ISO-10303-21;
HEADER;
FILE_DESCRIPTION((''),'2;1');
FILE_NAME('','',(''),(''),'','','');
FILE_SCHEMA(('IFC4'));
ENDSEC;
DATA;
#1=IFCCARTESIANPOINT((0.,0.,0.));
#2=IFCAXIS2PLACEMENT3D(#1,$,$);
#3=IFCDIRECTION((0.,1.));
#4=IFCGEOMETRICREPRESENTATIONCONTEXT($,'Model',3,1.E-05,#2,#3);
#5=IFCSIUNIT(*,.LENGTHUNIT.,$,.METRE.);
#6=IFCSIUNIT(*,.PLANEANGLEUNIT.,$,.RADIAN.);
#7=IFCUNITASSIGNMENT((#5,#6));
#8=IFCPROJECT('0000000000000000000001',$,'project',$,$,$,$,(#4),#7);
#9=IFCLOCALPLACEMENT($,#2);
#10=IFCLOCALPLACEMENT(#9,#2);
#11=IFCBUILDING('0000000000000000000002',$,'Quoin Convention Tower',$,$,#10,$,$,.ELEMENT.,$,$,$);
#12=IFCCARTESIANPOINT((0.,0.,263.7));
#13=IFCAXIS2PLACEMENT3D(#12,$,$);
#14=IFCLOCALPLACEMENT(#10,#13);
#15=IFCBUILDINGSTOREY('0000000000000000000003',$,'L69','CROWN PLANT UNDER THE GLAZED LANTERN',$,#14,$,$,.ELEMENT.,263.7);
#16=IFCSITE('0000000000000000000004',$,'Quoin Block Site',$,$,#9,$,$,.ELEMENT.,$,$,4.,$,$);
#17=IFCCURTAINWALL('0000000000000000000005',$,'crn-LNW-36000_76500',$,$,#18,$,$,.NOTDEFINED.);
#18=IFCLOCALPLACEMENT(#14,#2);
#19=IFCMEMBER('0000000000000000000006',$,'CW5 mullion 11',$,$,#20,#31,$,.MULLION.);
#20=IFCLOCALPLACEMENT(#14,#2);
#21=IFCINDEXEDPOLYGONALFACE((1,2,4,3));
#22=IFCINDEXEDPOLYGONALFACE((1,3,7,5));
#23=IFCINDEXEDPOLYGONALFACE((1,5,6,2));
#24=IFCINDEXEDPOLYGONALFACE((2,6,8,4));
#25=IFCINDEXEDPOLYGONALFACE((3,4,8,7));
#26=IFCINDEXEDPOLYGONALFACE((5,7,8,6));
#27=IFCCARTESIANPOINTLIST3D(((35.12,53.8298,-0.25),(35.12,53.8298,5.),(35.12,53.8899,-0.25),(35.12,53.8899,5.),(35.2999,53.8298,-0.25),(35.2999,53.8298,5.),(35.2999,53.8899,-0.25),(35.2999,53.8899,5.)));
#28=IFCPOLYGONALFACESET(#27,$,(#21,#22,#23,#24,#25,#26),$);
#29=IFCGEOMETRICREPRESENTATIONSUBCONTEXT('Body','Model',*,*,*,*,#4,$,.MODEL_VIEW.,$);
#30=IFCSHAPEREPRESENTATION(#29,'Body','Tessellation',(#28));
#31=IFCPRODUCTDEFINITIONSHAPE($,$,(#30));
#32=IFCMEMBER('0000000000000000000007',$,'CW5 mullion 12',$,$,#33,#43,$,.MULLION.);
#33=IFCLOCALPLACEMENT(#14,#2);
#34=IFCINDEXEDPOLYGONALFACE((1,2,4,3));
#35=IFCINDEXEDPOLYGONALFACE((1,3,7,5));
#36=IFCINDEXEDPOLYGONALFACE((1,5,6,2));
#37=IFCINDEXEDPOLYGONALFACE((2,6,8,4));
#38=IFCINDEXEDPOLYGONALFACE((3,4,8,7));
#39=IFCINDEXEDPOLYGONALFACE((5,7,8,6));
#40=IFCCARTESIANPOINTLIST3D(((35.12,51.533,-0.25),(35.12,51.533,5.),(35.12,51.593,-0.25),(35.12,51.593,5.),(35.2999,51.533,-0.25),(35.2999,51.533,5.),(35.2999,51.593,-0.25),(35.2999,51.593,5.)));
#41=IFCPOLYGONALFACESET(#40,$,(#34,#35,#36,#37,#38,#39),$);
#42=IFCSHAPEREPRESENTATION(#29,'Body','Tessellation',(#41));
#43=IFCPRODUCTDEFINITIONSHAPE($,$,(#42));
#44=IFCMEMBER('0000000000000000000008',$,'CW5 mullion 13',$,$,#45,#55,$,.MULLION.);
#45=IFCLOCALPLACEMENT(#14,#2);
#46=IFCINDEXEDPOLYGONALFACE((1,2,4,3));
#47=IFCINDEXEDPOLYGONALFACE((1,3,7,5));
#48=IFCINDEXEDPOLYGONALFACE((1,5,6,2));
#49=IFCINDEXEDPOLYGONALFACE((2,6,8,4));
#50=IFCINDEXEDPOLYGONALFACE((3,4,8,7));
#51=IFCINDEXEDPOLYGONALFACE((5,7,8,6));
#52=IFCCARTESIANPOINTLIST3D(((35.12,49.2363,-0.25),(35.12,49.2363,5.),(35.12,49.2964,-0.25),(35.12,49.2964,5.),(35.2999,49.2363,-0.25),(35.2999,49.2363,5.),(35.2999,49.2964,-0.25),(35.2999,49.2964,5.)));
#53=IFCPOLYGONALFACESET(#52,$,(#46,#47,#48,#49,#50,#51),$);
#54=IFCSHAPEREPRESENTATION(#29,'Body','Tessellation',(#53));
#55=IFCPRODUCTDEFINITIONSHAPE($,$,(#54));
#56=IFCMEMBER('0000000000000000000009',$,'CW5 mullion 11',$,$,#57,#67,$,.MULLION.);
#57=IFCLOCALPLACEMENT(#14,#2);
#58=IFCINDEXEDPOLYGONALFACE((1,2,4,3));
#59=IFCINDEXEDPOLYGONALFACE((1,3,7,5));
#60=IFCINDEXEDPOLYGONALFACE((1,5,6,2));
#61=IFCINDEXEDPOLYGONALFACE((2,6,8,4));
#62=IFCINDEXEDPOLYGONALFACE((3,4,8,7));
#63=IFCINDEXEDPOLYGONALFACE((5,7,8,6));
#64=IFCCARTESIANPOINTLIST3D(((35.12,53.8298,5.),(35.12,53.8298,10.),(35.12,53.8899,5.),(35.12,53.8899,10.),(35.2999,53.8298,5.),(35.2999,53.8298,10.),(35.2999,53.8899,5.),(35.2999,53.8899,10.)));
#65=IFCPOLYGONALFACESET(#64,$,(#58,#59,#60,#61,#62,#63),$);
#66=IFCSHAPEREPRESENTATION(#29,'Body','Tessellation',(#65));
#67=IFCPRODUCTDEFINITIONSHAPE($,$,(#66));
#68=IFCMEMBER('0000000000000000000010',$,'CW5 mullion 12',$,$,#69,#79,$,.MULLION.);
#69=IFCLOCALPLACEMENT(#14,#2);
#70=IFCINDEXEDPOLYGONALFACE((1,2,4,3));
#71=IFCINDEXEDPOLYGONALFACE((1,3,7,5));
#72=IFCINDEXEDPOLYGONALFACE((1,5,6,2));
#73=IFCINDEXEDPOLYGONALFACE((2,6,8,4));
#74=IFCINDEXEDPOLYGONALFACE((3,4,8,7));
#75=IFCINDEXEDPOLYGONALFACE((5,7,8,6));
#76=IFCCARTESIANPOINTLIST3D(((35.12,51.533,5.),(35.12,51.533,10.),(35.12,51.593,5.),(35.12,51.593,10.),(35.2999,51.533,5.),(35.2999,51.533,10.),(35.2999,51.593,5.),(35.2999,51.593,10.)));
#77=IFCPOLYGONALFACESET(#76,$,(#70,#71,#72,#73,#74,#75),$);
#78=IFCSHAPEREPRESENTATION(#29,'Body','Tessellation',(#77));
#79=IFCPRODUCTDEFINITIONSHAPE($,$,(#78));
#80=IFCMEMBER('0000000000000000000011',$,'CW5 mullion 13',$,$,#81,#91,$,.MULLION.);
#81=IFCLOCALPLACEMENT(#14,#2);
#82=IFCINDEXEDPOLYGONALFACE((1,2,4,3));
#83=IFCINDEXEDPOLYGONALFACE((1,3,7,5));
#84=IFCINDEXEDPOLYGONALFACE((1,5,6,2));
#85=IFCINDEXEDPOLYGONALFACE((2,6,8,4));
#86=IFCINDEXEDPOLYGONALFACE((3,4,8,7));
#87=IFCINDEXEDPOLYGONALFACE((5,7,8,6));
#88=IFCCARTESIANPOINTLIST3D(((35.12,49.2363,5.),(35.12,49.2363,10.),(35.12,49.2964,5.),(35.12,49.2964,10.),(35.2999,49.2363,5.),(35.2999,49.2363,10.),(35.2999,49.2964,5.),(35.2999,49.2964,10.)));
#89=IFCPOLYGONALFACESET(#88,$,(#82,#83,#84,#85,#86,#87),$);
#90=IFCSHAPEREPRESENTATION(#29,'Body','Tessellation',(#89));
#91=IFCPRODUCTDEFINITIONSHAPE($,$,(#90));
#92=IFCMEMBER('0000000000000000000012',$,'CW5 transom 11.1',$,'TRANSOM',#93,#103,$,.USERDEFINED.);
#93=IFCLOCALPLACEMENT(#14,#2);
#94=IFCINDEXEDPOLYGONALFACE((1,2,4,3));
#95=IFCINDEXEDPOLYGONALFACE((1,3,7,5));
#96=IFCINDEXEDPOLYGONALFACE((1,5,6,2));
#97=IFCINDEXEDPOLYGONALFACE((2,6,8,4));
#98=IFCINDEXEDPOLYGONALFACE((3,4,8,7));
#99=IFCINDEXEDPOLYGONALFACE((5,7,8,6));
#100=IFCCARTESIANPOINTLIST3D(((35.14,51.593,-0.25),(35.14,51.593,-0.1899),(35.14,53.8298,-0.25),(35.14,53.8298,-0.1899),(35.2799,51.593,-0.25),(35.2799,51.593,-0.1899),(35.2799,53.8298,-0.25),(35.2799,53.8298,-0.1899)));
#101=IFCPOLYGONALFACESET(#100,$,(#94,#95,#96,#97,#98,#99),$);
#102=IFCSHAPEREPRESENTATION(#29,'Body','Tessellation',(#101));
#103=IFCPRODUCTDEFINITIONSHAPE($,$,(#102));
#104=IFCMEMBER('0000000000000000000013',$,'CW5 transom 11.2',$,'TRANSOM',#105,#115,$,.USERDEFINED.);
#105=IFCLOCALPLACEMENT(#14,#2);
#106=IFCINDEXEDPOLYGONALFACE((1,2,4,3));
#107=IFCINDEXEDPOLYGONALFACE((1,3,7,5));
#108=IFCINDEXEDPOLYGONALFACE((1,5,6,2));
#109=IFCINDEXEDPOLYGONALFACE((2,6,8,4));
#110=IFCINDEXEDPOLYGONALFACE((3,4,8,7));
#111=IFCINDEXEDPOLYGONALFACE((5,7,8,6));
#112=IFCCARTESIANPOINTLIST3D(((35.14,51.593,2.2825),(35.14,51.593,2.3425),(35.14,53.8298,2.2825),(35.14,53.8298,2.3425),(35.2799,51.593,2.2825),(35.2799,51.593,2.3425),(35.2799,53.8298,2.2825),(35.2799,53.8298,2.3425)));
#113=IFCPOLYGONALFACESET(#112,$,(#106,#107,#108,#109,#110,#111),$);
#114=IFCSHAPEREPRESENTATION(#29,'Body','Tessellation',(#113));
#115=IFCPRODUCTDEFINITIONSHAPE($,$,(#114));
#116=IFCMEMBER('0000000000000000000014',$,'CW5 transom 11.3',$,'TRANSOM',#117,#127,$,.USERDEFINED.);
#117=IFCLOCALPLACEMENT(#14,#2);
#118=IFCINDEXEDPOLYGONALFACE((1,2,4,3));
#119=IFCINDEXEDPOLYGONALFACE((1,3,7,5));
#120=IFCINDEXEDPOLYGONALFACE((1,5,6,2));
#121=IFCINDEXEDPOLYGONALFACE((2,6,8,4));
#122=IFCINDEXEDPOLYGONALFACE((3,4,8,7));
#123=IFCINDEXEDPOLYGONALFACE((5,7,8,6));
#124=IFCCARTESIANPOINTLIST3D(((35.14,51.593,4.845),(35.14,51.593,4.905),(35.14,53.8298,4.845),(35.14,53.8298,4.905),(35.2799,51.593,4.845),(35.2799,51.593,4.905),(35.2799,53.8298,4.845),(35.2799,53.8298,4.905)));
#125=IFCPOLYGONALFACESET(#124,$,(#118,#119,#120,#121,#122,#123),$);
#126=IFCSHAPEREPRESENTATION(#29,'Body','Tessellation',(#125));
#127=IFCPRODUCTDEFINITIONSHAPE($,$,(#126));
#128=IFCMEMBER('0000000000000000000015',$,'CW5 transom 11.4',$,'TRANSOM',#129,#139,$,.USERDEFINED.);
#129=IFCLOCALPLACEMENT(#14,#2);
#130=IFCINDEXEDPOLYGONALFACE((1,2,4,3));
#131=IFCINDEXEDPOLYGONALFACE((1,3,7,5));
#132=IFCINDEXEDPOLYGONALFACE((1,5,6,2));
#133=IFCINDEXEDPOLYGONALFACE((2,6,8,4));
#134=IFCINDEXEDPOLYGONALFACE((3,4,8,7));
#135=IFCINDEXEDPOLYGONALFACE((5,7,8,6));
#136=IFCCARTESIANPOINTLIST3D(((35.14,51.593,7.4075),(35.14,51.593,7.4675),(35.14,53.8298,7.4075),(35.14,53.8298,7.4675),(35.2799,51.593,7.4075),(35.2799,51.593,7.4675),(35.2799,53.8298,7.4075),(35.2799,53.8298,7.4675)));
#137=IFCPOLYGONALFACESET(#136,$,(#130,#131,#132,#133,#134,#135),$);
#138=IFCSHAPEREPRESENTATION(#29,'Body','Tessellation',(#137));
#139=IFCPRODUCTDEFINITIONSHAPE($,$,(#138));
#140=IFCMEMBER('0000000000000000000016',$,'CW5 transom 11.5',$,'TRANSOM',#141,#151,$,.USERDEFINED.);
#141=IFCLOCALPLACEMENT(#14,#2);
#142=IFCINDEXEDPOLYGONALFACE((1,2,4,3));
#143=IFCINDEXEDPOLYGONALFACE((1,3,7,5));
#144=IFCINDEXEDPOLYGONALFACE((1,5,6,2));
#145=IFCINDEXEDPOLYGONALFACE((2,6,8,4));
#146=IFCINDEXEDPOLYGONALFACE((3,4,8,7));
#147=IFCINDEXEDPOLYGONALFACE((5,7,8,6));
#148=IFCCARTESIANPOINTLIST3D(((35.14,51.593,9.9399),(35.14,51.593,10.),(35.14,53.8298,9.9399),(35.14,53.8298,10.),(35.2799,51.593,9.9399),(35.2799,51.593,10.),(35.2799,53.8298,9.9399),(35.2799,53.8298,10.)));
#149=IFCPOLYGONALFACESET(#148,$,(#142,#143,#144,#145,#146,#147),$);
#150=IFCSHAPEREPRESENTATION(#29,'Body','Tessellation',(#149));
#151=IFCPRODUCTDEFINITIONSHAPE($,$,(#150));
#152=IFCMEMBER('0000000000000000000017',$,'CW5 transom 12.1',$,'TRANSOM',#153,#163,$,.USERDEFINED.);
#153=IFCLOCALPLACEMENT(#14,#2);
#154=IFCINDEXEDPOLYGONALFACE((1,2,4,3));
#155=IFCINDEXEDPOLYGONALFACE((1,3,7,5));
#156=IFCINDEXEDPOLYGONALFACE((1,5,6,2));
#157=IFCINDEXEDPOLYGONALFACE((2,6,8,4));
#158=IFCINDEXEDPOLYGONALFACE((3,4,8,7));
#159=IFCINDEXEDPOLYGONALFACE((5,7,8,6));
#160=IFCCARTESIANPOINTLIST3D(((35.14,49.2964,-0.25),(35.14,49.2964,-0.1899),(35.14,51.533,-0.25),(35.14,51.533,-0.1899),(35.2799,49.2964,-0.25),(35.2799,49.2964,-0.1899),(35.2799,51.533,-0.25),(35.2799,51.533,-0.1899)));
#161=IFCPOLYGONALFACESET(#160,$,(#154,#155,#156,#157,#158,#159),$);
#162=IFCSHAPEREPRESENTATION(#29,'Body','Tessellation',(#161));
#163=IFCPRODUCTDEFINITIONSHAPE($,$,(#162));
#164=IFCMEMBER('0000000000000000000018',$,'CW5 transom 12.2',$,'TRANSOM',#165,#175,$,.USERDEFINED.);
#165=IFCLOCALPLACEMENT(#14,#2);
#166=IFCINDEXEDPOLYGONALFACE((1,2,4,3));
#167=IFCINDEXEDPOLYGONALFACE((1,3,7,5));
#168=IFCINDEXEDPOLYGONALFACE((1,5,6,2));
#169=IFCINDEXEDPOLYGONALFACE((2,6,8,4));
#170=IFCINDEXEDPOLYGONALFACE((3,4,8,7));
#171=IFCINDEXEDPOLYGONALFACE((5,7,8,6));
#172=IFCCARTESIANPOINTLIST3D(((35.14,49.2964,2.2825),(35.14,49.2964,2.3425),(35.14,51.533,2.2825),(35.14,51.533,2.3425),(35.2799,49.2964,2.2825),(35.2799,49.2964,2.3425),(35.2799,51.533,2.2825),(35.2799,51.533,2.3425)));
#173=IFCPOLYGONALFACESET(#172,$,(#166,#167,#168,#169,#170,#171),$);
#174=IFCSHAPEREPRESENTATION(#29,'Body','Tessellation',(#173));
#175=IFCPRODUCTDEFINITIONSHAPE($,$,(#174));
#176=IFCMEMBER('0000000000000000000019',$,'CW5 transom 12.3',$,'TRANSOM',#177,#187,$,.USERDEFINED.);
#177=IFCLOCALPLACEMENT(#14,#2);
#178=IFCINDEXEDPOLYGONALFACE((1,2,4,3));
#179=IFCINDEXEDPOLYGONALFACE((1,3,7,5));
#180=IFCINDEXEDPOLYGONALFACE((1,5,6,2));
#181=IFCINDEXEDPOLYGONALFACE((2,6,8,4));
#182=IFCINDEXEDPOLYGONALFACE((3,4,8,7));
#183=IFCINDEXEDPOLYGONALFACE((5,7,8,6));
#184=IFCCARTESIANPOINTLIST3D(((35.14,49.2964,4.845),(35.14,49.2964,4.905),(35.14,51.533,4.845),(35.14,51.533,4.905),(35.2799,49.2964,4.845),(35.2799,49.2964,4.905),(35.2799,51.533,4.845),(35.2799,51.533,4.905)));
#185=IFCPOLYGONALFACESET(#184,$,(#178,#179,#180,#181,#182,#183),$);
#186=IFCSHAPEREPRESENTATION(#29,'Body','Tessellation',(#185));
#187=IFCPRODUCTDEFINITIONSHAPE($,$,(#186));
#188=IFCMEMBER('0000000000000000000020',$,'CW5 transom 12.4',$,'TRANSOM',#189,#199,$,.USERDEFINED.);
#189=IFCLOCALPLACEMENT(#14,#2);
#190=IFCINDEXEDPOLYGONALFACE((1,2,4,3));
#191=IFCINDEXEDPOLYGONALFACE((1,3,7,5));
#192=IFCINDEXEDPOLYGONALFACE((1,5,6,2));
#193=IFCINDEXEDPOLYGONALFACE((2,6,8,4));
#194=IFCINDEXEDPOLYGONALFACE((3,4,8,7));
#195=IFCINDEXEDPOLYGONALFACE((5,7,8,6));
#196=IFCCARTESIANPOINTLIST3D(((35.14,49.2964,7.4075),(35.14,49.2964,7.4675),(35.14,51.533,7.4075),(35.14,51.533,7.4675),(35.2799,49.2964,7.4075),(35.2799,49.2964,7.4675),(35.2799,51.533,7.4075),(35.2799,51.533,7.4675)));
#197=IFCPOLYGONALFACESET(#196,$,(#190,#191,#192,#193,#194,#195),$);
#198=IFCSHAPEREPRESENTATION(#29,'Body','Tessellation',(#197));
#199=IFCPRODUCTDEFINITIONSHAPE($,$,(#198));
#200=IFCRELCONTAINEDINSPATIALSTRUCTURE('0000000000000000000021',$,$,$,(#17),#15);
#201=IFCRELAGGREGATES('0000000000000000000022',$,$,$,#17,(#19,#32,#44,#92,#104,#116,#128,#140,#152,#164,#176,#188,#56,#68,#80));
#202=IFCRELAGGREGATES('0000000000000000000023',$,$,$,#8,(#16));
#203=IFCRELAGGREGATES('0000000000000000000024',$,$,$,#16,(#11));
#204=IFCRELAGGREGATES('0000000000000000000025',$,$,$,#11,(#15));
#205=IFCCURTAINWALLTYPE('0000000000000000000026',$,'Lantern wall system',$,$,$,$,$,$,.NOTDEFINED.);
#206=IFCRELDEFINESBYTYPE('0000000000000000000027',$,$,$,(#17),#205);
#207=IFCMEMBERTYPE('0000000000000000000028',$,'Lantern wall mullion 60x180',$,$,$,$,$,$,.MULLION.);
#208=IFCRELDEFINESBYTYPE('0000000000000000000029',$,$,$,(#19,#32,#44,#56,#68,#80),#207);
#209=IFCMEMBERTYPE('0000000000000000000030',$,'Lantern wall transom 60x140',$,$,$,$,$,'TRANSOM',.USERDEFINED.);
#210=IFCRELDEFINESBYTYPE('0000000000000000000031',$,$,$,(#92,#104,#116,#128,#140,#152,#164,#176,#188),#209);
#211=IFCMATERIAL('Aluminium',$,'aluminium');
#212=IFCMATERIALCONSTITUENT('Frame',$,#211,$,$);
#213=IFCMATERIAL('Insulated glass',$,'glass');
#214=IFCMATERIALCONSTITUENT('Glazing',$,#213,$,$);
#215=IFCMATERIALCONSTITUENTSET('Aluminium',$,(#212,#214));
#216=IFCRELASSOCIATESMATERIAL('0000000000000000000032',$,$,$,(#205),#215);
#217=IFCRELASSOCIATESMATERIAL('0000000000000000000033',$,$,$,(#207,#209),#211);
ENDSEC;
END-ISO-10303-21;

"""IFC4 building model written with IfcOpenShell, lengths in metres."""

from ifc_helpers import new_model, si_unit, direction, frame, origin, origin_2d, place, context, subcontext, project, spatial, rectangle, extrude, material, constituent, constituent_set, material_profile, profile_set, type_object, element, aggregate, save


model = new_model("IFC4")

# Units and contexts
model_context = context("Model", 3, precision=1e-05, world=origin(), true_north=direction((0.0, 1.0)))
body_context = subcontext(model_context, "Body", "Model", "MODEL_VIEW")
ifc_project = project(units=[si_unit("LENGTHUNIT", "METRE"), si_unit("PLANEANGLEUNIT", "RADIAN")], contexts=[model_context])

# Site, building, storey
site_placement = place(None, origin())
site = spatial("IfcSite", under=ifc_project, at=site_placement, Name="Quoin Block Site", CompositionType="ELEMENT", RefElevation=4.0)
building_placement = place(site_placement, origin())
building = spatial("IfcBuilding", under=site, at=building_placement, Name="Quoin Convention Tower", CompositionType="ELEMENT")
storey_placement = place(building_placement, frame((0.0, 0.0, 263.7)))
storey = spatial("IfcBuildingStorey", under=building, at=storey_placement, Name="L69", Description="CROWN PLANT UNDER THE GLAZED LANTERN", CompositionType="ELEMENT", Elevation=263.7)

# Curtain wall, members
ifc_material_1 = material(Name="Aluminium", Category="aluminium")
ifc_constituent_1 = constituent(ifc_material_1, Name="Frame")
ifc_material_2 = material(Name="Insulated glass", Category="glass")
ifc_constituent_2 = constituent(ifc_material_2, Name="Glazing")
ifc_constituent_set = constituent_set(constituents=[ifc_constituent_1, ifc_constituent_2], Name="Aluminium")
curtain_wall_type = type_object("IfcCurtainWallType", Name="Lantern wall system", PredefinedType="NOTDEFINED", material=ifc_constituent_set)
curtain_wall_placement = place(storey_placement, origin())
curtain_wall = element("IfcCurtainWall", 1, at=curtain_wall_placement, inside=storey, type_object=curtain_wall_type, Name="crn-LNW-36000_76500", PredefinedType="NOTDEFINED")
ifc_material_profile_1 = material_profile(ifc_material_1, rectangle(XDim=0.1799, YDim=0.0601, at=origin_2d()), Name="Lantern wall mullion 60x180")
ifc_profile_set_1 = profile_set([ifc_material_profile_1], Name="Aluminium")
member_type_1 = type_object("IfcMemberType", Name="Lantern wall mullion 60x180", PredefinedType="MULLION", material=ifc_profile_set_1)
member_1_placement = place(storey_placement, frame((35.21, 53.8599, -0.25), z_axis=(0.0, 0.0, 1.0), x_axis=(1.0, 0.0, 0.0)))
member_1 = element("IfcMember", 2, at=member_1_placement, type_object=member_type_1, Name="CW5 mullion 11", PredefinedType="MULLION", context=body_context, shape_type="SweptSolid", body=[
    extrude(rectangle(XDim=0.1799, YDim=0.0601, at=origin_2d()), origin(), (0.0, 0.0, 1.0), 5.25),
])
member_2_placement = place(storey_placement, frame((35.21, 51.563, -0.25), z_axis=(0.0, 0.0, 1.0), x_axis=(1.0, 0.0, 0.0)))
member_2 = element("IfcMember", 3, at=member_2_placement, type_object=member_type_1, Name="CW5 mullion 12", PredefinedType="MULLION", context=body_context, shape_type="SweptSolid", body=[
    extrude(rectangle(XDim=0.1799, YDim=0.0601, at=origin_2d()), origin(), (0.0, 0.0, 1.0), 5.25),
])
member_3_placement = place(storey_placement, frame((35.21, 49.2664, -0.25), z_axis=(0.0, 0.0, 1.0), x_axis=(1.0, 0.0, 0.0)))
member_3 = element("IfcMember", 4, at=member_3_placement, type_object=member_type_1, Name="CW5 mullion 13", PredefinedType="MULLION", context=body_context, shape_type="SweptSolid", body=[
    extrude(rectangle(XDim=0.1799, YDim=0.0601, at=origin_2d()), origin(), (0.0, 0.0, 1.0), 5.25),
])
member_4_placement = place(storey_placement, frame((35.21, 53.8599, 5.0), z_axis=(0.0, 0.0, 1.0), x_axis=(1.0, 0.0, 0.0)))
member_4 = element("IfcMember", 5, at=member_4_placement, type_object=member_type_1, Name="CW5 mullion 11", PredefinedType="MULLION", context=body_context, shape_type="SweptSolid", body=[
    extrude(rectangle(XDim=0.1799, YDim=0.0601, at=origin_2d()), origin(), (0.0, 0.0, 1.0), 5.0),
])
member_5_placement = place(storey_placement, frame((35.21, 51.563, 5.0), z_axis=(0.0, 0.0, 1.0), x_axis=(1.0, 0.0, 0.0)))
member_5 = element("IfcMember", 6, at=member_5_placement, type_object=member_type_1, Name="CW5 mullion 12", PredefinedType="MULLION", context=body_context, shape_type="SweptSolid", body=[
    extrude(rectangle(XDim=0.1799, YDim=0.0601, at=origin_2d()), origin(), (0.0, 0.0, 1.0), 5.0),
])
member_6_placement = place(storey_placement, frame((35.21, 49.2664, 5.0), z_axis=(0.0, 0.0, 1.0), x_axis=(1.0, 0.0, 0.0)))
member_6 = element("IfcMember", 7, at=member_6_placement, type_object=member_type_1, Name="CW5 mullion 13", PredefinedType="MULLION", context=body_context, shape_type="SweptSolid", body=[
    extrude(rectangle(XDim=0.1799, YDim=0.0601, at=origin_2d()), origin(), (0.0, 0.0, 1.0), 5.0),
])
ifc_material_profile_2 = material_profile(ifc_material_1, rectangle(XDim=0.1399, YDim=0.0601, at=origin_2d()), Name="Lantern wall transom 60x140")
ifc_profile_set_2 = profile_set([ifc_material_profile_2], Name="Aluminium")
member_type_2 = type_object("IfcMemberType", Name="Lantern wall transom 60x140", ElementType="TRANSOM", PredefinedType="USERDEFINED", material=ifc_profile_set_2)
member_7_placement = place(storey_placement, frame((35.21, 53.8298, -0.22), z_axis=(0.0, -1.0, 0.0), x_axis=(1.0, 0.0, 0.0)))
member_7 = element("IfcMember", 8, at=member_7_placement, type_object=member_type_2, Name="CW5 transom 11.1", ObjectType="TRANSOM", PredefinedType="USERDEFINED", context=body_context, shape_type="SweptSolid", body=[
    extrude(rectangle(XDim=0.1399, YDim=0.0601, at=origin_2d()), origin(), (0.0, 0.0, 1.0), 2.2368),
])
member_8_placement = place(storey_placement, frame((35.21, 53.8298, 2.3125), z_axis=(0.0, -1.0, 0.0), x_axis=(1.0, 0.0, 0.0)))
member_8 = element("IfcMember", 9, at=member_8_placement, type_object=member_type_2, Name="CW5 transom 11.2", ObjectType="TRANSOM", PredefinedType="USERDEFINED", context=body_context, shape_type="SweptSolid", body=[
    extrude(rectangle(XDim=0.1399, YDim=0.0601, at=origin_2d()), origin(), (0.0, 0.0, 1.0), 2.2368),
])
member_9_placement = place(storey_placement, frame((35.21, 53.8298, 4.875), z_axis=(0.0, -1.0, 0.0), x_axis=(1.0, 0.0, 0.0)))
member_9 = element("IfcMember", 10, at=member_9_placement, type_object=member_type_2, Name="CW5 transom 11.3", ObjectType="TRANSOM", PredefinedType="USERDEFINED", context=body_context, shape_type="SweptSolid", body=[
    extrude(rectangle(XDim=0.1399, YDim=0.0601, at=origin_2d()), origin(), (0.0, 0.0, 1.0), 2.2368),
])
member_10_placement = place(storey_placement, frame((35.21, 53.8298, 7.4375), z_axis=(0.0, -1.0, 0.0), x_axis=(1.0, 0.0, 0.0)))
member_10 = element("IfcMember", 11, at=member_10_placement, type_object=member_type_2, Name="CW5 transom 11.4", ObjectType="TRANSOM", PredefinedType="USERDEFINED", context=body_context, shape_type="SweptSolid", body=[
    extrude(rectangle(XDim=0.1399, YDim=0.0601, at=origin_2d()), origin(), (0.0, 0.0, 1.0), 2.2368),
])
member_11_placement = place(storey_placement, frame((35.21, 53.8298, 9.97), z_axis=(0.0, -1.0, 0.0), x_axis=(1.0, 0.0, 0.0)))
member_11 = element("IfcMember", 12, at=member_11_placement, type_object=member_type_2, Name="CW5 transom 11.5", ObjectType="TRANSOM", PredefinedType="USERDEFINED", context=body_context, shape_type="SweptSolid", body=[
    extrude(rectangle(XDim=0.1399, YDim=0.0601, at=origin_2d()), origin(), (0.0, 0.0, 1.0), 2.2368),
])
member_12_placement = place(storey_placement, frame((35.21, 51.533, -0.22), z_axis=(0.0, -1.0, 0.0), x_axis=(1.0, 0.0, 0.0)))
member_12 = element("IfcMember", 13, at=member_12_placement, type_object=member_type_2, Name="CW5 transom 12.1", ObjectType="TRANSOM", PredefinedType="USERDEFINED", context=body_context, shape_type="SweptSolid", body=[
    extrude(rectangle(XDim=0.1399, YDim=0.0601, at=origin_2d()), origin(), (0.0, 0.0, 1.0), 2.2366),
])
member_13_placement = place(storey_placement, frame((35.21, 51.533, 2.3125), z_axis=(0.0, -1.0, 0.0), x_axis=(1.0, 0.0, 0.0)))
member_13 = element("IfcMember", 14, at=member_13_placement, type_object=member_type_2, Name="CW5 transom 12.2", ObjectType="TRANSOM", PredefinedType="USERDEFINED", context=body_context, shape_type="SweptSolid", body=[
    extrude(rectangle(XDim=0.1399, YDim=0.0601, at=origin_2d()), origin(), (0.0, 0.0, 1.0), 2.2366),
])
member_14_placement = place(storey_placement, frame((35.21, 51.533, 4.875), z_axis=(0.0, -1.0, 0.0), x_axis=(1.0, 0.0, 0.0)))
member_14 = element("IfcMember", 15, at=member_14_placement, type_object=member_type_2, Name="CW5 transom 12.3", ObjectType="TRANSOM", PredefinedType="USERDEFINED", context=body_context, shape_type="SweptSolid", body=[
    extrude(rectangle(XDim=0.1399, YDim=0.0601, at=origin_2d()), origin(), (0.0, 0.0, 1.0), 2.2366),
])
member_15_placement = place(storey_placement, frame((35.21, 51.533, 7.4375), z_axis=(0.0, -1.0, 0.0), x_axis=(1.0, 0.0, 0.0)))
member_15 = element("IfcMember", 16, at=member_15_placement, type_object=member_type_2, Name="CW5 transom 12.4", ObjectType="TRANSOM", PredefinedType="USERDEFINED", context=body_context, shape_type="SweptSolid", body=[
    extrude(rectangle(XDim=0.1399, YDim=0.0601, at=origin_2d()), origin(), (0.0, 0.0, 1.0), 2.2366),
])
aggregate(curtain_wall, [member_1, member_2, member_3, member_7, member_8, member_9, member_10, member_11, member_12, member_13, member_14, member_15, member_4, member_5, member_6])

save(model, "model.ifc")
